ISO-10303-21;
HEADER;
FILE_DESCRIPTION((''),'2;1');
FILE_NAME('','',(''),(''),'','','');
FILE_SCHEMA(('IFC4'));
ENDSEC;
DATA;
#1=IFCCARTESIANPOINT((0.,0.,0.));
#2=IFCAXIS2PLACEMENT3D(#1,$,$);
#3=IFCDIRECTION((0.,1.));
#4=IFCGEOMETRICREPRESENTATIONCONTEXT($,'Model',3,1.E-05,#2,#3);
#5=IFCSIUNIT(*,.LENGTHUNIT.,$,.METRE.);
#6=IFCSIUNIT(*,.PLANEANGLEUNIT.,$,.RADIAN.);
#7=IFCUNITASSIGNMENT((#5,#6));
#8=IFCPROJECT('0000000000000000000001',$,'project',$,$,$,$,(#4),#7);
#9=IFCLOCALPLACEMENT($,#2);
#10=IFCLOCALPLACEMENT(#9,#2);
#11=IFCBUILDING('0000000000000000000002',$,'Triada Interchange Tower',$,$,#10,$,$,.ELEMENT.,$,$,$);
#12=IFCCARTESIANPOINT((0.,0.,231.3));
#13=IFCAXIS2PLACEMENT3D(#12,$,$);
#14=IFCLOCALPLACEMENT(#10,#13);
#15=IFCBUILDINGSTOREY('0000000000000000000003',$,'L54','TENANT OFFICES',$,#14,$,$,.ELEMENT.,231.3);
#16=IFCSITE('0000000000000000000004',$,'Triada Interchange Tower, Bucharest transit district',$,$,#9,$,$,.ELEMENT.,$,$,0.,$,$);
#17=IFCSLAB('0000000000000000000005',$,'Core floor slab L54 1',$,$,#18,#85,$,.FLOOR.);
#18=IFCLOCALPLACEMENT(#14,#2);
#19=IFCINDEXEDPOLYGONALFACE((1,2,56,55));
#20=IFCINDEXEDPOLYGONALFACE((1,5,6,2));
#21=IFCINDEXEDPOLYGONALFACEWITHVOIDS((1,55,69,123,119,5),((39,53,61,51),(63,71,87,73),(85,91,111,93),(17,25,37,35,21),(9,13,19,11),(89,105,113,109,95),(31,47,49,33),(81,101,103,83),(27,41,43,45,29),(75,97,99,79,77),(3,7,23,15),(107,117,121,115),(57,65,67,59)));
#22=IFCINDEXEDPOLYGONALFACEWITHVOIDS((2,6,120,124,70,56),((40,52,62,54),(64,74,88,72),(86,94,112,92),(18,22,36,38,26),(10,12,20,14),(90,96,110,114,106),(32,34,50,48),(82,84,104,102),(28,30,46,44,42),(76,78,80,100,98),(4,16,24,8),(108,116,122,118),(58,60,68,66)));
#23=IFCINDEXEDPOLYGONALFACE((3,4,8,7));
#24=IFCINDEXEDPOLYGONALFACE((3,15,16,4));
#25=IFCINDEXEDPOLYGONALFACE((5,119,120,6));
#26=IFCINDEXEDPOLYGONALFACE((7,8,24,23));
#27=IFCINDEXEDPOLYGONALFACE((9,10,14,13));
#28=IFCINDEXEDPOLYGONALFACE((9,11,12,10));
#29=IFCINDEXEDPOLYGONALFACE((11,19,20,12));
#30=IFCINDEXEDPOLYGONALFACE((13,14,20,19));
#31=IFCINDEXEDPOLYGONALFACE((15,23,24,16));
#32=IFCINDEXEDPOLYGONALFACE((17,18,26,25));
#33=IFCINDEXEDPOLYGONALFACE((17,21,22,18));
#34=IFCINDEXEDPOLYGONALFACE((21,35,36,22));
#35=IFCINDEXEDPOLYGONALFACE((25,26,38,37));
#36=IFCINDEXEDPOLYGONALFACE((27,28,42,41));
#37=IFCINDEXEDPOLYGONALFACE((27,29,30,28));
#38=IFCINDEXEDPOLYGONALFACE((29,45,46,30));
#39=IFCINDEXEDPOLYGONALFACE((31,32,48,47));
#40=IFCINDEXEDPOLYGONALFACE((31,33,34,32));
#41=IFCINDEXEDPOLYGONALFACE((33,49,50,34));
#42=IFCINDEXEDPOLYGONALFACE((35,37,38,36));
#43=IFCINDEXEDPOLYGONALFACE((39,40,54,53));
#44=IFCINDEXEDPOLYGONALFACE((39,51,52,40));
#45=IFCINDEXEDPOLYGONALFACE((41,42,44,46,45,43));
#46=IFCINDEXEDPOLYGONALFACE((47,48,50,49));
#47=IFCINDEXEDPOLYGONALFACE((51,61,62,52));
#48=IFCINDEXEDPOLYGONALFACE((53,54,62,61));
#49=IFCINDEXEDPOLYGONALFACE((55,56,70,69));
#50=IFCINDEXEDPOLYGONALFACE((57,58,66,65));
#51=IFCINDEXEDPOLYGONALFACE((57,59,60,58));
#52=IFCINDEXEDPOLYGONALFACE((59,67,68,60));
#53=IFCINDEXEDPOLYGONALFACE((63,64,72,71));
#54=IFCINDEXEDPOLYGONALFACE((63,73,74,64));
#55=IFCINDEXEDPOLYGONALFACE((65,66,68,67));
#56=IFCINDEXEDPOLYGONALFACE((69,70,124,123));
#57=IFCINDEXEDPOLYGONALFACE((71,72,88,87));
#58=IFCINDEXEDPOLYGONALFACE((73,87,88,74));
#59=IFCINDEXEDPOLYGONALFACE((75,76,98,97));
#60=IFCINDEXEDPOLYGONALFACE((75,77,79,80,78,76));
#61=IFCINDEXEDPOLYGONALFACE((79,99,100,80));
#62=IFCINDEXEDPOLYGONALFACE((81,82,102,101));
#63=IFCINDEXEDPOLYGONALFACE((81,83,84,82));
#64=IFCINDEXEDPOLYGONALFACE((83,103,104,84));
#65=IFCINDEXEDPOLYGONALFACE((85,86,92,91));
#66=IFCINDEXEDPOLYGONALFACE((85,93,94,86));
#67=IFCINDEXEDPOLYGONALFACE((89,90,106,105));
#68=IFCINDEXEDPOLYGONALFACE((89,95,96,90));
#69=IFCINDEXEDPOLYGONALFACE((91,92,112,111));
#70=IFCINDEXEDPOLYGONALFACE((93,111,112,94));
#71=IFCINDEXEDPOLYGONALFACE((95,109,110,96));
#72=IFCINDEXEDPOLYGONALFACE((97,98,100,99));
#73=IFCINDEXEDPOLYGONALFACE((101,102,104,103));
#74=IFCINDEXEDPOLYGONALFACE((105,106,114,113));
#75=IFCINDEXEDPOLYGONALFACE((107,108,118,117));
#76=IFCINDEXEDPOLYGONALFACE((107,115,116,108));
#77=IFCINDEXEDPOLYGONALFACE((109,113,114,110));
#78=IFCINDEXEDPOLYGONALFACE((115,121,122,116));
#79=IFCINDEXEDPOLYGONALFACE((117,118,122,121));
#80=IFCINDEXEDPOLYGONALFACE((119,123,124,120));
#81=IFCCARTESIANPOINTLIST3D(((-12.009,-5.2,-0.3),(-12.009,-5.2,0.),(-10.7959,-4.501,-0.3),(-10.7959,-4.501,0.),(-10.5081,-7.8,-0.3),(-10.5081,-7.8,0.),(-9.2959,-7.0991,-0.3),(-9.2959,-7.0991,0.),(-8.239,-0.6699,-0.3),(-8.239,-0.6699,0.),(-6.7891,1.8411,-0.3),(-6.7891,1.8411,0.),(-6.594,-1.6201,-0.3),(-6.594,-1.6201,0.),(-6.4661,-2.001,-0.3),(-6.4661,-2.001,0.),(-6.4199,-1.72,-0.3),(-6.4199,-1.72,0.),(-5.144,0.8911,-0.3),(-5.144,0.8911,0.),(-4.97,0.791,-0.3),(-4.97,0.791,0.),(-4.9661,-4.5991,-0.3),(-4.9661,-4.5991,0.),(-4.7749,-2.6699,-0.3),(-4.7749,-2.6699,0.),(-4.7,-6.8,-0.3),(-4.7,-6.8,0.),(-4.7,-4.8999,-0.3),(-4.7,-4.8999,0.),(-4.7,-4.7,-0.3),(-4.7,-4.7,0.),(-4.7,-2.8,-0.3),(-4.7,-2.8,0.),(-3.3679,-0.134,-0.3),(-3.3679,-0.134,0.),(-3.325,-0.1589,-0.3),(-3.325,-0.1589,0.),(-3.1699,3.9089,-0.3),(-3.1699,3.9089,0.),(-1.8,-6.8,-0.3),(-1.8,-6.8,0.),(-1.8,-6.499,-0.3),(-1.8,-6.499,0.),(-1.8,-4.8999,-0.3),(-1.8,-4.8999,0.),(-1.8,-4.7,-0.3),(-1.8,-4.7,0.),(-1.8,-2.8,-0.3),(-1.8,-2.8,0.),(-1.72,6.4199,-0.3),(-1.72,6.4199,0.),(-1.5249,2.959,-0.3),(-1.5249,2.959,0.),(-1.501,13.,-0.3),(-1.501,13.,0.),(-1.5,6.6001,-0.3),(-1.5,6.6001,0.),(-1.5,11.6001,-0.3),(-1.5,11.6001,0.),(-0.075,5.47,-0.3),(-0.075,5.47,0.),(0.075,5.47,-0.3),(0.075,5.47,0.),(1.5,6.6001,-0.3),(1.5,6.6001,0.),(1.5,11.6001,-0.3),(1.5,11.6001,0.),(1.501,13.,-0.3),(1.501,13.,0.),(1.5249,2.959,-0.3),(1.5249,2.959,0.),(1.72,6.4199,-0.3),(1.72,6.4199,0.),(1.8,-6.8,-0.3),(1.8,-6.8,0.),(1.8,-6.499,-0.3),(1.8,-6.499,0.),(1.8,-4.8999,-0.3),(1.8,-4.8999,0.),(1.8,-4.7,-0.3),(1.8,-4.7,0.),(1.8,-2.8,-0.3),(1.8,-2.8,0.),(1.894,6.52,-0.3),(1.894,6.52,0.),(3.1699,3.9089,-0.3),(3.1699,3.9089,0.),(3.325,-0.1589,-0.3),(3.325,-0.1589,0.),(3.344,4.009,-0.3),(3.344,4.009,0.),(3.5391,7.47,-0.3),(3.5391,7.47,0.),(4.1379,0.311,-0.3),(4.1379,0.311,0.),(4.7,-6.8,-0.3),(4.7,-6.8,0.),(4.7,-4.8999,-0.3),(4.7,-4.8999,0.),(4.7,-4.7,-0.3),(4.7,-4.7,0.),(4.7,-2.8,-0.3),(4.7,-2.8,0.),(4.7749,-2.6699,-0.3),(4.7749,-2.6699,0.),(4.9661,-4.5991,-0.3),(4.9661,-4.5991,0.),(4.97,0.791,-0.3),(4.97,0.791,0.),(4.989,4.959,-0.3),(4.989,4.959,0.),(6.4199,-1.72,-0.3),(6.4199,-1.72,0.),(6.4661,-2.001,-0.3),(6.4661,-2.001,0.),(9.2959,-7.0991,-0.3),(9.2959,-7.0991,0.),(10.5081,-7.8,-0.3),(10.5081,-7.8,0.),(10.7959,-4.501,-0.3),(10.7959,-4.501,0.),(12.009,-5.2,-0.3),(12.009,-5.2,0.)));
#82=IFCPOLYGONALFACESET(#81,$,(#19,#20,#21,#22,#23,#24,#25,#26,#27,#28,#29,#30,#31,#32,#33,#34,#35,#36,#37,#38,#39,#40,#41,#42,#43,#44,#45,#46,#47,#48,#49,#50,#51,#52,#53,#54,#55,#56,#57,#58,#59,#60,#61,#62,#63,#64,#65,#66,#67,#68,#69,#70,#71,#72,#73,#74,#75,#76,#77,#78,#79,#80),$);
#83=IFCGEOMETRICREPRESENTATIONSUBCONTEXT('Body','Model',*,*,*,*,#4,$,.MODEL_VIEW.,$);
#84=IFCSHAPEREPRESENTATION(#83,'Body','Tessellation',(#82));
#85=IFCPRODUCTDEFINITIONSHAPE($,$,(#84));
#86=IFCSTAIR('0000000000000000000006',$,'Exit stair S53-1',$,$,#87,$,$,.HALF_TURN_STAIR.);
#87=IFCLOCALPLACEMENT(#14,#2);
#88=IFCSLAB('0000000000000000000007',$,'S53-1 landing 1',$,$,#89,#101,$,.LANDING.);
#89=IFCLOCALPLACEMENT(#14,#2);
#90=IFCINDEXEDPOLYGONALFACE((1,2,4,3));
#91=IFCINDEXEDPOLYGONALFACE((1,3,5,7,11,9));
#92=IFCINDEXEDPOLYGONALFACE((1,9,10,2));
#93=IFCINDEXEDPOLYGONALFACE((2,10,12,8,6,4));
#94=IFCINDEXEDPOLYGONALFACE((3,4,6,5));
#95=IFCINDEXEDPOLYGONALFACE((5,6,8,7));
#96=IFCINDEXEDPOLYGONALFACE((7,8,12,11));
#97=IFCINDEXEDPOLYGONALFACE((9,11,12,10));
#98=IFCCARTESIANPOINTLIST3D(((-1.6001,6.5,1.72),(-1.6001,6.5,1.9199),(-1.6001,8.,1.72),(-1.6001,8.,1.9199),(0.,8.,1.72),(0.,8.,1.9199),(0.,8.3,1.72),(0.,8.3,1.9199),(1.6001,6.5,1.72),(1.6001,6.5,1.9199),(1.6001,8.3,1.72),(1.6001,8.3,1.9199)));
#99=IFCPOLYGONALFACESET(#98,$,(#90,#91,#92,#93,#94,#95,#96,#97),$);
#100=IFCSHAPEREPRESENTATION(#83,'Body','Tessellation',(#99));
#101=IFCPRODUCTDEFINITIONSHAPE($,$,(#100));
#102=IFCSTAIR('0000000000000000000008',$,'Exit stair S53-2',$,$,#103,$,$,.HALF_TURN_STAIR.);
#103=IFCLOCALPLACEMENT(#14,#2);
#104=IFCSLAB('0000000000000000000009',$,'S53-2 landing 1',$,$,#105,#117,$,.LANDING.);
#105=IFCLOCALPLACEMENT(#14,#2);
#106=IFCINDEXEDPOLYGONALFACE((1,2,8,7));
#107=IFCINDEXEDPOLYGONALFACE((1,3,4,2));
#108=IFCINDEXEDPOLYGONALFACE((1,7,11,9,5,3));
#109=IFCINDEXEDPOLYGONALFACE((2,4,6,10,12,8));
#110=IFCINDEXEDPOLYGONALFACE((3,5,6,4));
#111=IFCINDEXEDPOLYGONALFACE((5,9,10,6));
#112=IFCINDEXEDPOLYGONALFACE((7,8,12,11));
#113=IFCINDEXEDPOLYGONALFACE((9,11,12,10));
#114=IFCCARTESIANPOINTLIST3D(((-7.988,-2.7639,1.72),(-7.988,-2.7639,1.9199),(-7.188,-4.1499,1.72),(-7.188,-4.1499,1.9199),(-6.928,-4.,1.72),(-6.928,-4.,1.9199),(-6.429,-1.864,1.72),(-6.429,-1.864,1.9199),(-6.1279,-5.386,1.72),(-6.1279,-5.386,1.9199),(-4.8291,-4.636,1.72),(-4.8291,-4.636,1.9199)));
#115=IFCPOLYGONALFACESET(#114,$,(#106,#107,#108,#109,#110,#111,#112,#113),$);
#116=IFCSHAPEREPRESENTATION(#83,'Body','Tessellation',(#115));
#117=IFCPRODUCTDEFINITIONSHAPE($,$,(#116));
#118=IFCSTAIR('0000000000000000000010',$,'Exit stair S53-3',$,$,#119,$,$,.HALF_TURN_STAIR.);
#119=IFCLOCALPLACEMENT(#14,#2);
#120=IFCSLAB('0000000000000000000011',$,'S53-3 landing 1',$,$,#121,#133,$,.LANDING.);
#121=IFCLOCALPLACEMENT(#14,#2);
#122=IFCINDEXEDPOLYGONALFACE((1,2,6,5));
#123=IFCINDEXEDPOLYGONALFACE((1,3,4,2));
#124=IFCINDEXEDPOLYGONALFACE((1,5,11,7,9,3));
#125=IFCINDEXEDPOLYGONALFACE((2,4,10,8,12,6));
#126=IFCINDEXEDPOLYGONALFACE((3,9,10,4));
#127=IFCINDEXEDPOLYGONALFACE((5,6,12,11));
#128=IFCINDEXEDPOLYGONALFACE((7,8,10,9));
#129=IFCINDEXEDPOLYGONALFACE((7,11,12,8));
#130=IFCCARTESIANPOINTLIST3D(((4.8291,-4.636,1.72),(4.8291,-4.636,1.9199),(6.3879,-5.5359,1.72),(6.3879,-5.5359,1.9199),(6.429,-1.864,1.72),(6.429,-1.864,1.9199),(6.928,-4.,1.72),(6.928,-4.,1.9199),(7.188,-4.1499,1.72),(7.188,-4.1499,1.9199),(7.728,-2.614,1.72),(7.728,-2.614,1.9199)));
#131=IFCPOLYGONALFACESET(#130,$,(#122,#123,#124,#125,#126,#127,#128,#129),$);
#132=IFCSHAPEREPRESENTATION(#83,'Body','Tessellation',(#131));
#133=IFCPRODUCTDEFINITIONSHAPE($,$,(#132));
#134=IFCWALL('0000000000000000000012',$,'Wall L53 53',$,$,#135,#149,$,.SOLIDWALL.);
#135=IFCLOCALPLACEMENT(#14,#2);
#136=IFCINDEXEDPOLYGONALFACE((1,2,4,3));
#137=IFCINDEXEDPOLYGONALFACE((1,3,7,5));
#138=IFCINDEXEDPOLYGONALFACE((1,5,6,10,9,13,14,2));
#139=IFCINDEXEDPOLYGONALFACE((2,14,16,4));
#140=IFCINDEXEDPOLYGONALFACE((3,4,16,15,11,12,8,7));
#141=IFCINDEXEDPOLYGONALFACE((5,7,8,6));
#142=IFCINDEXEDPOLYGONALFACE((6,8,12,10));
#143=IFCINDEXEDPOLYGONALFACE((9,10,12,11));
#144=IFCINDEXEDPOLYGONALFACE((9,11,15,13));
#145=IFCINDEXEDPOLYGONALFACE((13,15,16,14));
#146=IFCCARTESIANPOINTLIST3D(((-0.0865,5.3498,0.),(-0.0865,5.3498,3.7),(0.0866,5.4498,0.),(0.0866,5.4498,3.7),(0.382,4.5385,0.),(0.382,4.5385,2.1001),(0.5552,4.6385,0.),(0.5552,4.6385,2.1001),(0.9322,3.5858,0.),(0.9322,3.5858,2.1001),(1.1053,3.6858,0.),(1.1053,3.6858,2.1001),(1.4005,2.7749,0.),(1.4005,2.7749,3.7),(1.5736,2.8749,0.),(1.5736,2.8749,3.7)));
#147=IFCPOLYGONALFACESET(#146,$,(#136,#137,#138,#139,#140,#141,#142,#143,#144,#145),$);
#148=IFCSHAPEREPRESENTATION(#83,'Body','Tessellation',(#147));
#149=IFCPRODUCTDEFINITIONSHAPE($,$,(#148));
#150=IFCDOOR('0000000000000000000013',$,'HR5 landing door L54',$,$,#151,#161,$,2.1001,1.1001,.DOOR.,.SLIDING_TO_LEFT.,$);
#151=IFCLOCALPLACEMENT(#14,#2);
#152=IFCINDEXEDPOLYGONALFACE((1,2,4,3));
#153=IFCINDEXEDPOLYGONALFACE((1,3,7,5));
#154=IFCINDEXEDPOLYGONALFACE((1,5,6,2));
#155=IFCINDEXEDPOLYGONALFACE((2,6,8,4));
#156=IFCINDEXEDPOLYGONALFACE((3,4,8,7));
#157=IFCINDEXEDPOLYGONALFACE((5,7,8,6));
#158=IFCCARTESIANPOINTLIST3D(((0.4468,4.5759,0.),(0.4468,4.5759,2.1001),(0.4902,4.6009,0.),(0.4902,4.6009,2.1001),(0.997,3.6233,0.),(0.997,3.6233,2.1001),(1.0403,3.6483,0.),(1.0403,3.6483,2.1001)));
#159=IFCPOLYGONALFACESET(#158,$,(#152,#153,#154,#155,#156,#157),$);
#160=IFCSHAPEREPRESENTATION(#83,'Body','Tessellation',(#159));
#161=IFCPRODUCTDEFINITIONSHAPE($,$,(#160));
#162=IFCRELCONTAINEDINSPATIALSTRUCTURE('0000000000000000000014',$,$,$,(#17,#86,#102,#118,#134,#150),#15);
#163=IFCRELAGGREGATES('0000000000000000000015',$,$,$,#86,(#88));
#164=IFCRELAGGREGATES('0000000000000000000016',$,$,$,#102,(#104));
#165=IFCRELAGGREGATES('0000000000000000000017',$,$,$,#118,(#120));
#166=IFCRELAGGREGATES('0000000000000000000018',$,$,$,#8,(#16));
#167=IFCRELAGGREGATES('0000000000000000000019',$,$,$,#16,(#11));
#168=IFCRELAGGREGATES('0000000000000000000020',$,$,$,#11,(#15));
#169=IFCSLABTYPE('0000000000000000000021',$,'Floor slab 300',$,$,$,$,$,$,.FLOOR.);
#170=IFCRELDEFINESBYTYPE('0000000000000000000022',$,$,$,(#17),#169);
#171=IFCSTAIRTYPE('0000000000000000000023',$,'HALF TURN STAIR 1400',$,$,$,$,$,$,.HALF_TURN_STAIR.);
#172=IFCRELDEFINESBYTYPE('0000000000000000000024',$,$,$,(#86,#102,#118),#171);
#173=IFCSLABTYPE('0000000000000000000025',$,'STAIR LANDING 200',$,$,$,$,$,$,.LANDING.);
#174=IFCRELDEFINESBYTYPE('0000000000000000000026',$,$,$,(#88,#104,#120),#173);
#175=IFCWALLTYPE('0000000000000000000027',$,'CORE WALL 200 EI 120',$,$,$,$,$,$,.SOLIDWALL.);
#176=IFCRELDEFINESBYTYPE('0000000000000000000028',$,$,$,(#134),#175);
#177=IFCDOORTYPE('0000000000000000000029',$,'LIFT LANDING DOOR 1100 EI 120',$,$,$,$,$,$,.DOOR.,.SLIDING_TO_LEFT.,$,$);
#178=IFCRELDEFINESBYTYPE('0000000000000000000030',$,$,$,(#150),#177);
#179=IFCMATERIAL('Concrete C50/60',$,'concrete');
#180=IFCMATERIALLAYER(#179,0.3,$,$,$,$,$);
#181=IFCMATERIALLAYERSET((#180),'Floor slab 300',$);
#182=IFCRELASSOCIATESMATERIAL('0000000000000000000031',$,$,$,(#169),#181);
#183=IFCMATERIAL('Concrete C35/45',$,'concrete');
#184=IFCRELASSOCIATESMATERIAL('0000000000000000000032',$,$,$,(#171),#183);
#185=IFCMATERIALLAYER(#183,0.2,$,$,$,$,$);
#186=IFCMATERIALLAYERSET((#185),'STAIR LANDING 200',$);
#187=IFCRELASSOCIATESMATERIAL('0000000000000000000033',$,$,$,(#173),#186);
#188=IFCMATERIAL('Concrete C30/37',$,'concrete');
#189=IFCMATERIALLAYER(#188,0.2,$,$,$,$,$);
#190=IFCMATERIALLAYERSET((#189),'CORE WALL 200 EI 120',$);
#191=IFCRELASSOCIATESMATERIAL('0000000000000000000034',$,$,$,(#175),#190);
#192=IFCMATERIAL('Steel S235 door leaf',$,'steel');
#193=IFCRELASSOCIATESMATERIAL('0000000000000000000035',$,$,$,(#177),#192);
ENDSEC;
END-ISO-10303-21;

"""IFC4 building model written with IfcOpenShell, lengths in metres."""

from ifc_helpers import new_model, si_unit, direction, frame, frame_2d, origin, place, context, subcontext, project, spatial, polyline, rectangle, outline, extrude, material, layer, layer_set, type_object, element, fill, aggregate, save


model = new_model("IFC4")

# Units and contexts
model_context = context("Model", 3, precision=1e-05, world=origin(), true_north=direction((0.0, 1.0)))
body_context = subcontext(model_context, "Body", "Model", "MODEL_VIEW")
ifc_project = project(units=[si_unit("LENGTHUNIT", "METRE"), si_unit("PLANEANGLEUNIT", "RADIAN")], contexts=[model_context])

# Site, building, storey
site_placement = place(None, origin())
site = spatial("IfcSite", under=ifc_project, at=site_placement, Name="Triada Interchange Tower, Bucharest transit district", CompositionType="ELEMENT", RefElevation=0.0)
building_placement = place(site_placement, origin())
building = spatial("IfcBuilding", under=site, at=building_placement, Name="Triada Interchange Tower", CompositionType="ELEMENT")
storey_placement = place(building_placement, frame((0.0, 0.0, 231.3)))
storey = spatial("IfcBuildingStorey", under=building, at=storey_placement, Name="L54", Description="TENANT OFFICES", CompositionType="ELEMENT", Elevation=231.3)

# Slab
ifc_material_1 = material(Name="Concrete C50/60", Category="concrete")
ifc_layer_1 = layer(ifc_material_1, 0.3)
ifc_layer_set_1 = layer_set([ifc_layer_1], Name="Floor slab 300")
slab_type_1 = type_object("IfcSlabType", Name="Floor slab 300", PredefinedType="FLOOR", material=ifc_layer_set_1)
slab_1_placement = place(storey_placement, frame((0.0, 0.0, -0.3)))
element("IfcSlab", 1, at=slab_1_placement, inside=storey, type_object=slab_type_1, Name="Core floor slab L54 1", PredefinedType="FLOOR", context=body_context, shape_type="SweptSolid", body=[
    extrude(outline(polyline([(12.009, -5.2), (10.5081, -7.8), (-10.5081, -7.8), (-12.009, -5.2), (-1.501, 13.0), (1.501, 13.0), (12.009, -5.2)]), holes=[polyline([(9.2959, -7.0991), (10.7959, -4.501), (6.4661, -2.001), (4.9661, -4.5991), (9.2959, -7.0991)]), polyline([(4.7749, -2.6699), (6.4199, -1.72), (4.97, 0.791), (4.1379, 0.311), (3.325, -0.1589), (4.7749, -2.6699)]), polyline([(1.894, 6.52), (3.344, 4.009), (4.989, 4.959), (3.5391, 7.47), (1.894, 6.52)]), polyline([(1.8, -4.8999), (1.8, -6.499), (1.8, -6.8), (4.7, -6.8), (4.7, -4.8999), (1.8, -4.8999)]), polyline([(4.7, -2.8), (1.8, -2.8), (1.8, -4.7), (4.7, -4.7), (4.7, -2.8)]), polyline([(0.075, 5.47), (1.5249, 2.959), (3.1699, 3.9089), (1.72, 6.4199), (0.075, 5.47)]), polyline([(-1.5, 11.6001), (-1.5, 6.6001), (1.5, 6.6001), (1.5, 11.6001), (-1.5, 11.6001)]), polyline([(-1.5249, 2.959), (-0.075, 5.47), (-1.72, 6.4199), (-3.1699, 3.9089), (-1.5249, 2.959)]), polyline([(-1.8, -2.8), (-4.7, -2.8), (-4.7, -4.7), (-1.8, -4.7), (-1.8, -2.8)]), polyline([(-4.7, -6.8), (-1.8, -6.8), (-1.8, -6.499), (-1.8, -4.8999), (-4.7, -4.8999), (-4.7, -6.8)]), polyline([(-3.3679, -0.134), (-4.97, 0.791), (-6.4199, -1.72), (-4.7749, -2.6699), (-3.325, -0.1589), (-3.3679, -0.134)]), polyline([(-10.7959, -4.501), (-9.2959, -7.0991), (-4.9661, -4.5991), (-6.4661, -2.001), (-10.7959, -4.501)]), polyline([(-6.594, -1.6201), (-5.144, 0.8911), (-6.7891, 1.8411), (-8.239, -0.6699), (-6.594, -1.6201)])]), origin(), (0.0, 0.0, 1.0), 0.3),
])

# Stairs, slabs
ifc_material_2 = material(Name="Concrete C35/45", Category="concrete")
stair_type = type_object("IfcStairType", Name="HALF TURN STAIR 1400", PredefinedType="HALF_TURN_STAIR", material=ifc_material_2)
stair_1_placement = place(storey_placement, origin())
stair_1 = element("IfcStair", 2, at=stair_1_placement, inside=storey, type_object=stair_type, Name="Exit stair S53-1", PredefinedType="HALF_TURN_STAIR")
ifc_layer_2 = layer(ifc_material_2, 0.2)
ifc_layer_set_2 = layer_set([ifc_layer_2], Name="STAIR LANDING 200")
slab_type_2 = type_object("IfcSlabType", Name="STAIR LANDING 200", PredefinedType="LANDING", material=ifc_layer_set_2)
slab_2_placement = place(storey_placement, frame((0.0, 0.0, 1.72)))
slab_2 = element("IfcSlab", 3, at=slab_2_placement, type_object=slab_type_2, Name="S53-1 landing 1", PredefinedType="LANDING", context=body_context, shape_type="SweptSolid", body=[
    extrude(outline(polyline([(1.6001, 6.5), (1.6001, 8.3), (0.0, 8.3), (0.0, 8.0), (-1.6001, 8.0), (-1.6001, 6.5), (1.6001, 6.5)])), origin(), (0.0, 0.0, 1.0), 0.2),
])
aggregate(stair_1, [slab_2])
stair_2_placement = place(storey_placement, origin())
stair_2 = element("IfcStair", 4, at=stair_2_placement, inside=storey, type_object=stair_type, Name="Exit stair S53-2", PredefinedType="HALF_TURN_STAIR")
slab_3_placement = place(storey_placement, frame((0.0, 0.0, 1.72)))
slab_3 = element("IfcSlab", 5, at=slab_3_placement, type_object=slab_type_2, Name="S53-2 landing 1", PredefinedType="LANDING", context=body_context, shape_type="SweptSolid", body=[
    extrude(outline(polyline([(-6.429, -1.864), (-7.988, -2.7639), (-7.188, -4.1499), (-6.928, -4.0), (-6.1279, -5.386), (-4.8291, -4.636), (-6.429, -1.864)])), origin(), (0.0, 0.0, 1.0), 0.2),
])
aggregate(stair_2, [slab_3])
stair_3_placement = place(storey_placement, origin())
stair_3 = element("IfcStair", 6, at=stair_3_placement, inside=storey, type_object=stair_type, Name="Exit stair S53-3", PredefinedType="HALF_TURN_STAIR")
slab_4_placement = place(storey_placement, frame((0.0, 0.0, 1.72)))
slab_4 = element("IfcSlab", 7, at=slab_4_placement, type_object=slab_type_2, Name="S53-3 landing 1", PredefinedType="LANDING", context=body_context, shape_type="SweptSolid", body=[
    extrude(outline(polyline([(4.8291, -4.636), (6.3879, -5.5359), (7.188, -4.1499), (6.928, -4.0), (7.728, -2.614), (6.429, -1.864), (4.8291, -4.636)])), origin(), (0.0, 0.0, 1.0), 0.2),
])
aggregate(stair_3, [slab_4])

# Wall, opening, door
ifc_material_3 = material(Name="Concrete C30/37", Category="concrete")
ifc_layer_3 = layer(ifc_material_3, 0.2)
ifc_layer_set_3 = layer_set([ifc_layer_3], Name="CORE WALL 200 EI 120")
wall_type_1 = type_object("IfcWallType", Name="CORE WALL 200 EI 120", PredefinedType="SOLIDWALL", material=ifc_layer_set_3)
wall_1_placement = place(storey_placement, frame((0.0, 5.3999, 0.0), z_axis=(0.0, 0.0, 1.0), x_axis=(0.500104, -0.865965, 0.0)))
wall_1 = element("IfcWall", 8, at=wall_1_placement, inside=storey, type_object=wall_type_1, Name="Wall L53 53", PredefinedType="SOLIDWALL", context=body_context, shape_type="SweptSolid", body=[
    extrude(rectangle(XDim=2.9734, YDim=0.2, at=frame_2d((1.4868, 0.0))), origin(), (0.0, 0.0, 1.0), 3.7),
])
opening_1_placement = place(wall_1_placement, frame((0.937, 0.0, 0.0)))
opening_1 = element("IfcOpeningElement", 9, at=opening_1_placement, cuts=wall_1, PredefinedType="OPENING", context=body_context, shape_type="SweptSolid", body=[
    extrude(rectangle(XDim=1.1001, YDim=2.1001, at=frame_2d((0.55, 1.05))), frame((0.0, 0.1099, 0.0), z_axis=(0.0, -1.0, 0.0), x_axis=(1.0, 0.0, 0.0)), (0.0, 0.0, 1.0), 0.22),
])
ifc_material_4 = material(Name="Steel S235 door leaf", Category="steel")
door_type_1 = type_object("IfcDoorType", Name="LIFT LANDING DOOR 1100 EI 120", OperationType="SLIDING_TO_LEFT", PredefinedType="DOOR", material=ifc_material_4)
door_1_placement = place(opening_1_placement, origin())
door_1 = element("IfcDoor", 10, at=door_1_placement, inside=storey, type_object=door_type_1, Name="HR5 landing door L54", OperationType="SLIDING_TO_LEFT", OverallHeight=2.1001, OverallWidth=1.1001, PredefinedType="DOOR", context=body_context, shape_type="SweptSolid", body=[
    extrude(rectangle(XDim=1.1001, YDim=2.1001, at=frame_2d((0.55, 1.05))), frame((0.0, 0.0249, 0.0), z_axis=(0.0, -1.0, 0.0), x_axis=(1.0, 0.0, 0.0)), (0.0, 0.0, 1.0), 0.05),
])
fill(opening_1, door_1)

save(model, "model.ifc")
